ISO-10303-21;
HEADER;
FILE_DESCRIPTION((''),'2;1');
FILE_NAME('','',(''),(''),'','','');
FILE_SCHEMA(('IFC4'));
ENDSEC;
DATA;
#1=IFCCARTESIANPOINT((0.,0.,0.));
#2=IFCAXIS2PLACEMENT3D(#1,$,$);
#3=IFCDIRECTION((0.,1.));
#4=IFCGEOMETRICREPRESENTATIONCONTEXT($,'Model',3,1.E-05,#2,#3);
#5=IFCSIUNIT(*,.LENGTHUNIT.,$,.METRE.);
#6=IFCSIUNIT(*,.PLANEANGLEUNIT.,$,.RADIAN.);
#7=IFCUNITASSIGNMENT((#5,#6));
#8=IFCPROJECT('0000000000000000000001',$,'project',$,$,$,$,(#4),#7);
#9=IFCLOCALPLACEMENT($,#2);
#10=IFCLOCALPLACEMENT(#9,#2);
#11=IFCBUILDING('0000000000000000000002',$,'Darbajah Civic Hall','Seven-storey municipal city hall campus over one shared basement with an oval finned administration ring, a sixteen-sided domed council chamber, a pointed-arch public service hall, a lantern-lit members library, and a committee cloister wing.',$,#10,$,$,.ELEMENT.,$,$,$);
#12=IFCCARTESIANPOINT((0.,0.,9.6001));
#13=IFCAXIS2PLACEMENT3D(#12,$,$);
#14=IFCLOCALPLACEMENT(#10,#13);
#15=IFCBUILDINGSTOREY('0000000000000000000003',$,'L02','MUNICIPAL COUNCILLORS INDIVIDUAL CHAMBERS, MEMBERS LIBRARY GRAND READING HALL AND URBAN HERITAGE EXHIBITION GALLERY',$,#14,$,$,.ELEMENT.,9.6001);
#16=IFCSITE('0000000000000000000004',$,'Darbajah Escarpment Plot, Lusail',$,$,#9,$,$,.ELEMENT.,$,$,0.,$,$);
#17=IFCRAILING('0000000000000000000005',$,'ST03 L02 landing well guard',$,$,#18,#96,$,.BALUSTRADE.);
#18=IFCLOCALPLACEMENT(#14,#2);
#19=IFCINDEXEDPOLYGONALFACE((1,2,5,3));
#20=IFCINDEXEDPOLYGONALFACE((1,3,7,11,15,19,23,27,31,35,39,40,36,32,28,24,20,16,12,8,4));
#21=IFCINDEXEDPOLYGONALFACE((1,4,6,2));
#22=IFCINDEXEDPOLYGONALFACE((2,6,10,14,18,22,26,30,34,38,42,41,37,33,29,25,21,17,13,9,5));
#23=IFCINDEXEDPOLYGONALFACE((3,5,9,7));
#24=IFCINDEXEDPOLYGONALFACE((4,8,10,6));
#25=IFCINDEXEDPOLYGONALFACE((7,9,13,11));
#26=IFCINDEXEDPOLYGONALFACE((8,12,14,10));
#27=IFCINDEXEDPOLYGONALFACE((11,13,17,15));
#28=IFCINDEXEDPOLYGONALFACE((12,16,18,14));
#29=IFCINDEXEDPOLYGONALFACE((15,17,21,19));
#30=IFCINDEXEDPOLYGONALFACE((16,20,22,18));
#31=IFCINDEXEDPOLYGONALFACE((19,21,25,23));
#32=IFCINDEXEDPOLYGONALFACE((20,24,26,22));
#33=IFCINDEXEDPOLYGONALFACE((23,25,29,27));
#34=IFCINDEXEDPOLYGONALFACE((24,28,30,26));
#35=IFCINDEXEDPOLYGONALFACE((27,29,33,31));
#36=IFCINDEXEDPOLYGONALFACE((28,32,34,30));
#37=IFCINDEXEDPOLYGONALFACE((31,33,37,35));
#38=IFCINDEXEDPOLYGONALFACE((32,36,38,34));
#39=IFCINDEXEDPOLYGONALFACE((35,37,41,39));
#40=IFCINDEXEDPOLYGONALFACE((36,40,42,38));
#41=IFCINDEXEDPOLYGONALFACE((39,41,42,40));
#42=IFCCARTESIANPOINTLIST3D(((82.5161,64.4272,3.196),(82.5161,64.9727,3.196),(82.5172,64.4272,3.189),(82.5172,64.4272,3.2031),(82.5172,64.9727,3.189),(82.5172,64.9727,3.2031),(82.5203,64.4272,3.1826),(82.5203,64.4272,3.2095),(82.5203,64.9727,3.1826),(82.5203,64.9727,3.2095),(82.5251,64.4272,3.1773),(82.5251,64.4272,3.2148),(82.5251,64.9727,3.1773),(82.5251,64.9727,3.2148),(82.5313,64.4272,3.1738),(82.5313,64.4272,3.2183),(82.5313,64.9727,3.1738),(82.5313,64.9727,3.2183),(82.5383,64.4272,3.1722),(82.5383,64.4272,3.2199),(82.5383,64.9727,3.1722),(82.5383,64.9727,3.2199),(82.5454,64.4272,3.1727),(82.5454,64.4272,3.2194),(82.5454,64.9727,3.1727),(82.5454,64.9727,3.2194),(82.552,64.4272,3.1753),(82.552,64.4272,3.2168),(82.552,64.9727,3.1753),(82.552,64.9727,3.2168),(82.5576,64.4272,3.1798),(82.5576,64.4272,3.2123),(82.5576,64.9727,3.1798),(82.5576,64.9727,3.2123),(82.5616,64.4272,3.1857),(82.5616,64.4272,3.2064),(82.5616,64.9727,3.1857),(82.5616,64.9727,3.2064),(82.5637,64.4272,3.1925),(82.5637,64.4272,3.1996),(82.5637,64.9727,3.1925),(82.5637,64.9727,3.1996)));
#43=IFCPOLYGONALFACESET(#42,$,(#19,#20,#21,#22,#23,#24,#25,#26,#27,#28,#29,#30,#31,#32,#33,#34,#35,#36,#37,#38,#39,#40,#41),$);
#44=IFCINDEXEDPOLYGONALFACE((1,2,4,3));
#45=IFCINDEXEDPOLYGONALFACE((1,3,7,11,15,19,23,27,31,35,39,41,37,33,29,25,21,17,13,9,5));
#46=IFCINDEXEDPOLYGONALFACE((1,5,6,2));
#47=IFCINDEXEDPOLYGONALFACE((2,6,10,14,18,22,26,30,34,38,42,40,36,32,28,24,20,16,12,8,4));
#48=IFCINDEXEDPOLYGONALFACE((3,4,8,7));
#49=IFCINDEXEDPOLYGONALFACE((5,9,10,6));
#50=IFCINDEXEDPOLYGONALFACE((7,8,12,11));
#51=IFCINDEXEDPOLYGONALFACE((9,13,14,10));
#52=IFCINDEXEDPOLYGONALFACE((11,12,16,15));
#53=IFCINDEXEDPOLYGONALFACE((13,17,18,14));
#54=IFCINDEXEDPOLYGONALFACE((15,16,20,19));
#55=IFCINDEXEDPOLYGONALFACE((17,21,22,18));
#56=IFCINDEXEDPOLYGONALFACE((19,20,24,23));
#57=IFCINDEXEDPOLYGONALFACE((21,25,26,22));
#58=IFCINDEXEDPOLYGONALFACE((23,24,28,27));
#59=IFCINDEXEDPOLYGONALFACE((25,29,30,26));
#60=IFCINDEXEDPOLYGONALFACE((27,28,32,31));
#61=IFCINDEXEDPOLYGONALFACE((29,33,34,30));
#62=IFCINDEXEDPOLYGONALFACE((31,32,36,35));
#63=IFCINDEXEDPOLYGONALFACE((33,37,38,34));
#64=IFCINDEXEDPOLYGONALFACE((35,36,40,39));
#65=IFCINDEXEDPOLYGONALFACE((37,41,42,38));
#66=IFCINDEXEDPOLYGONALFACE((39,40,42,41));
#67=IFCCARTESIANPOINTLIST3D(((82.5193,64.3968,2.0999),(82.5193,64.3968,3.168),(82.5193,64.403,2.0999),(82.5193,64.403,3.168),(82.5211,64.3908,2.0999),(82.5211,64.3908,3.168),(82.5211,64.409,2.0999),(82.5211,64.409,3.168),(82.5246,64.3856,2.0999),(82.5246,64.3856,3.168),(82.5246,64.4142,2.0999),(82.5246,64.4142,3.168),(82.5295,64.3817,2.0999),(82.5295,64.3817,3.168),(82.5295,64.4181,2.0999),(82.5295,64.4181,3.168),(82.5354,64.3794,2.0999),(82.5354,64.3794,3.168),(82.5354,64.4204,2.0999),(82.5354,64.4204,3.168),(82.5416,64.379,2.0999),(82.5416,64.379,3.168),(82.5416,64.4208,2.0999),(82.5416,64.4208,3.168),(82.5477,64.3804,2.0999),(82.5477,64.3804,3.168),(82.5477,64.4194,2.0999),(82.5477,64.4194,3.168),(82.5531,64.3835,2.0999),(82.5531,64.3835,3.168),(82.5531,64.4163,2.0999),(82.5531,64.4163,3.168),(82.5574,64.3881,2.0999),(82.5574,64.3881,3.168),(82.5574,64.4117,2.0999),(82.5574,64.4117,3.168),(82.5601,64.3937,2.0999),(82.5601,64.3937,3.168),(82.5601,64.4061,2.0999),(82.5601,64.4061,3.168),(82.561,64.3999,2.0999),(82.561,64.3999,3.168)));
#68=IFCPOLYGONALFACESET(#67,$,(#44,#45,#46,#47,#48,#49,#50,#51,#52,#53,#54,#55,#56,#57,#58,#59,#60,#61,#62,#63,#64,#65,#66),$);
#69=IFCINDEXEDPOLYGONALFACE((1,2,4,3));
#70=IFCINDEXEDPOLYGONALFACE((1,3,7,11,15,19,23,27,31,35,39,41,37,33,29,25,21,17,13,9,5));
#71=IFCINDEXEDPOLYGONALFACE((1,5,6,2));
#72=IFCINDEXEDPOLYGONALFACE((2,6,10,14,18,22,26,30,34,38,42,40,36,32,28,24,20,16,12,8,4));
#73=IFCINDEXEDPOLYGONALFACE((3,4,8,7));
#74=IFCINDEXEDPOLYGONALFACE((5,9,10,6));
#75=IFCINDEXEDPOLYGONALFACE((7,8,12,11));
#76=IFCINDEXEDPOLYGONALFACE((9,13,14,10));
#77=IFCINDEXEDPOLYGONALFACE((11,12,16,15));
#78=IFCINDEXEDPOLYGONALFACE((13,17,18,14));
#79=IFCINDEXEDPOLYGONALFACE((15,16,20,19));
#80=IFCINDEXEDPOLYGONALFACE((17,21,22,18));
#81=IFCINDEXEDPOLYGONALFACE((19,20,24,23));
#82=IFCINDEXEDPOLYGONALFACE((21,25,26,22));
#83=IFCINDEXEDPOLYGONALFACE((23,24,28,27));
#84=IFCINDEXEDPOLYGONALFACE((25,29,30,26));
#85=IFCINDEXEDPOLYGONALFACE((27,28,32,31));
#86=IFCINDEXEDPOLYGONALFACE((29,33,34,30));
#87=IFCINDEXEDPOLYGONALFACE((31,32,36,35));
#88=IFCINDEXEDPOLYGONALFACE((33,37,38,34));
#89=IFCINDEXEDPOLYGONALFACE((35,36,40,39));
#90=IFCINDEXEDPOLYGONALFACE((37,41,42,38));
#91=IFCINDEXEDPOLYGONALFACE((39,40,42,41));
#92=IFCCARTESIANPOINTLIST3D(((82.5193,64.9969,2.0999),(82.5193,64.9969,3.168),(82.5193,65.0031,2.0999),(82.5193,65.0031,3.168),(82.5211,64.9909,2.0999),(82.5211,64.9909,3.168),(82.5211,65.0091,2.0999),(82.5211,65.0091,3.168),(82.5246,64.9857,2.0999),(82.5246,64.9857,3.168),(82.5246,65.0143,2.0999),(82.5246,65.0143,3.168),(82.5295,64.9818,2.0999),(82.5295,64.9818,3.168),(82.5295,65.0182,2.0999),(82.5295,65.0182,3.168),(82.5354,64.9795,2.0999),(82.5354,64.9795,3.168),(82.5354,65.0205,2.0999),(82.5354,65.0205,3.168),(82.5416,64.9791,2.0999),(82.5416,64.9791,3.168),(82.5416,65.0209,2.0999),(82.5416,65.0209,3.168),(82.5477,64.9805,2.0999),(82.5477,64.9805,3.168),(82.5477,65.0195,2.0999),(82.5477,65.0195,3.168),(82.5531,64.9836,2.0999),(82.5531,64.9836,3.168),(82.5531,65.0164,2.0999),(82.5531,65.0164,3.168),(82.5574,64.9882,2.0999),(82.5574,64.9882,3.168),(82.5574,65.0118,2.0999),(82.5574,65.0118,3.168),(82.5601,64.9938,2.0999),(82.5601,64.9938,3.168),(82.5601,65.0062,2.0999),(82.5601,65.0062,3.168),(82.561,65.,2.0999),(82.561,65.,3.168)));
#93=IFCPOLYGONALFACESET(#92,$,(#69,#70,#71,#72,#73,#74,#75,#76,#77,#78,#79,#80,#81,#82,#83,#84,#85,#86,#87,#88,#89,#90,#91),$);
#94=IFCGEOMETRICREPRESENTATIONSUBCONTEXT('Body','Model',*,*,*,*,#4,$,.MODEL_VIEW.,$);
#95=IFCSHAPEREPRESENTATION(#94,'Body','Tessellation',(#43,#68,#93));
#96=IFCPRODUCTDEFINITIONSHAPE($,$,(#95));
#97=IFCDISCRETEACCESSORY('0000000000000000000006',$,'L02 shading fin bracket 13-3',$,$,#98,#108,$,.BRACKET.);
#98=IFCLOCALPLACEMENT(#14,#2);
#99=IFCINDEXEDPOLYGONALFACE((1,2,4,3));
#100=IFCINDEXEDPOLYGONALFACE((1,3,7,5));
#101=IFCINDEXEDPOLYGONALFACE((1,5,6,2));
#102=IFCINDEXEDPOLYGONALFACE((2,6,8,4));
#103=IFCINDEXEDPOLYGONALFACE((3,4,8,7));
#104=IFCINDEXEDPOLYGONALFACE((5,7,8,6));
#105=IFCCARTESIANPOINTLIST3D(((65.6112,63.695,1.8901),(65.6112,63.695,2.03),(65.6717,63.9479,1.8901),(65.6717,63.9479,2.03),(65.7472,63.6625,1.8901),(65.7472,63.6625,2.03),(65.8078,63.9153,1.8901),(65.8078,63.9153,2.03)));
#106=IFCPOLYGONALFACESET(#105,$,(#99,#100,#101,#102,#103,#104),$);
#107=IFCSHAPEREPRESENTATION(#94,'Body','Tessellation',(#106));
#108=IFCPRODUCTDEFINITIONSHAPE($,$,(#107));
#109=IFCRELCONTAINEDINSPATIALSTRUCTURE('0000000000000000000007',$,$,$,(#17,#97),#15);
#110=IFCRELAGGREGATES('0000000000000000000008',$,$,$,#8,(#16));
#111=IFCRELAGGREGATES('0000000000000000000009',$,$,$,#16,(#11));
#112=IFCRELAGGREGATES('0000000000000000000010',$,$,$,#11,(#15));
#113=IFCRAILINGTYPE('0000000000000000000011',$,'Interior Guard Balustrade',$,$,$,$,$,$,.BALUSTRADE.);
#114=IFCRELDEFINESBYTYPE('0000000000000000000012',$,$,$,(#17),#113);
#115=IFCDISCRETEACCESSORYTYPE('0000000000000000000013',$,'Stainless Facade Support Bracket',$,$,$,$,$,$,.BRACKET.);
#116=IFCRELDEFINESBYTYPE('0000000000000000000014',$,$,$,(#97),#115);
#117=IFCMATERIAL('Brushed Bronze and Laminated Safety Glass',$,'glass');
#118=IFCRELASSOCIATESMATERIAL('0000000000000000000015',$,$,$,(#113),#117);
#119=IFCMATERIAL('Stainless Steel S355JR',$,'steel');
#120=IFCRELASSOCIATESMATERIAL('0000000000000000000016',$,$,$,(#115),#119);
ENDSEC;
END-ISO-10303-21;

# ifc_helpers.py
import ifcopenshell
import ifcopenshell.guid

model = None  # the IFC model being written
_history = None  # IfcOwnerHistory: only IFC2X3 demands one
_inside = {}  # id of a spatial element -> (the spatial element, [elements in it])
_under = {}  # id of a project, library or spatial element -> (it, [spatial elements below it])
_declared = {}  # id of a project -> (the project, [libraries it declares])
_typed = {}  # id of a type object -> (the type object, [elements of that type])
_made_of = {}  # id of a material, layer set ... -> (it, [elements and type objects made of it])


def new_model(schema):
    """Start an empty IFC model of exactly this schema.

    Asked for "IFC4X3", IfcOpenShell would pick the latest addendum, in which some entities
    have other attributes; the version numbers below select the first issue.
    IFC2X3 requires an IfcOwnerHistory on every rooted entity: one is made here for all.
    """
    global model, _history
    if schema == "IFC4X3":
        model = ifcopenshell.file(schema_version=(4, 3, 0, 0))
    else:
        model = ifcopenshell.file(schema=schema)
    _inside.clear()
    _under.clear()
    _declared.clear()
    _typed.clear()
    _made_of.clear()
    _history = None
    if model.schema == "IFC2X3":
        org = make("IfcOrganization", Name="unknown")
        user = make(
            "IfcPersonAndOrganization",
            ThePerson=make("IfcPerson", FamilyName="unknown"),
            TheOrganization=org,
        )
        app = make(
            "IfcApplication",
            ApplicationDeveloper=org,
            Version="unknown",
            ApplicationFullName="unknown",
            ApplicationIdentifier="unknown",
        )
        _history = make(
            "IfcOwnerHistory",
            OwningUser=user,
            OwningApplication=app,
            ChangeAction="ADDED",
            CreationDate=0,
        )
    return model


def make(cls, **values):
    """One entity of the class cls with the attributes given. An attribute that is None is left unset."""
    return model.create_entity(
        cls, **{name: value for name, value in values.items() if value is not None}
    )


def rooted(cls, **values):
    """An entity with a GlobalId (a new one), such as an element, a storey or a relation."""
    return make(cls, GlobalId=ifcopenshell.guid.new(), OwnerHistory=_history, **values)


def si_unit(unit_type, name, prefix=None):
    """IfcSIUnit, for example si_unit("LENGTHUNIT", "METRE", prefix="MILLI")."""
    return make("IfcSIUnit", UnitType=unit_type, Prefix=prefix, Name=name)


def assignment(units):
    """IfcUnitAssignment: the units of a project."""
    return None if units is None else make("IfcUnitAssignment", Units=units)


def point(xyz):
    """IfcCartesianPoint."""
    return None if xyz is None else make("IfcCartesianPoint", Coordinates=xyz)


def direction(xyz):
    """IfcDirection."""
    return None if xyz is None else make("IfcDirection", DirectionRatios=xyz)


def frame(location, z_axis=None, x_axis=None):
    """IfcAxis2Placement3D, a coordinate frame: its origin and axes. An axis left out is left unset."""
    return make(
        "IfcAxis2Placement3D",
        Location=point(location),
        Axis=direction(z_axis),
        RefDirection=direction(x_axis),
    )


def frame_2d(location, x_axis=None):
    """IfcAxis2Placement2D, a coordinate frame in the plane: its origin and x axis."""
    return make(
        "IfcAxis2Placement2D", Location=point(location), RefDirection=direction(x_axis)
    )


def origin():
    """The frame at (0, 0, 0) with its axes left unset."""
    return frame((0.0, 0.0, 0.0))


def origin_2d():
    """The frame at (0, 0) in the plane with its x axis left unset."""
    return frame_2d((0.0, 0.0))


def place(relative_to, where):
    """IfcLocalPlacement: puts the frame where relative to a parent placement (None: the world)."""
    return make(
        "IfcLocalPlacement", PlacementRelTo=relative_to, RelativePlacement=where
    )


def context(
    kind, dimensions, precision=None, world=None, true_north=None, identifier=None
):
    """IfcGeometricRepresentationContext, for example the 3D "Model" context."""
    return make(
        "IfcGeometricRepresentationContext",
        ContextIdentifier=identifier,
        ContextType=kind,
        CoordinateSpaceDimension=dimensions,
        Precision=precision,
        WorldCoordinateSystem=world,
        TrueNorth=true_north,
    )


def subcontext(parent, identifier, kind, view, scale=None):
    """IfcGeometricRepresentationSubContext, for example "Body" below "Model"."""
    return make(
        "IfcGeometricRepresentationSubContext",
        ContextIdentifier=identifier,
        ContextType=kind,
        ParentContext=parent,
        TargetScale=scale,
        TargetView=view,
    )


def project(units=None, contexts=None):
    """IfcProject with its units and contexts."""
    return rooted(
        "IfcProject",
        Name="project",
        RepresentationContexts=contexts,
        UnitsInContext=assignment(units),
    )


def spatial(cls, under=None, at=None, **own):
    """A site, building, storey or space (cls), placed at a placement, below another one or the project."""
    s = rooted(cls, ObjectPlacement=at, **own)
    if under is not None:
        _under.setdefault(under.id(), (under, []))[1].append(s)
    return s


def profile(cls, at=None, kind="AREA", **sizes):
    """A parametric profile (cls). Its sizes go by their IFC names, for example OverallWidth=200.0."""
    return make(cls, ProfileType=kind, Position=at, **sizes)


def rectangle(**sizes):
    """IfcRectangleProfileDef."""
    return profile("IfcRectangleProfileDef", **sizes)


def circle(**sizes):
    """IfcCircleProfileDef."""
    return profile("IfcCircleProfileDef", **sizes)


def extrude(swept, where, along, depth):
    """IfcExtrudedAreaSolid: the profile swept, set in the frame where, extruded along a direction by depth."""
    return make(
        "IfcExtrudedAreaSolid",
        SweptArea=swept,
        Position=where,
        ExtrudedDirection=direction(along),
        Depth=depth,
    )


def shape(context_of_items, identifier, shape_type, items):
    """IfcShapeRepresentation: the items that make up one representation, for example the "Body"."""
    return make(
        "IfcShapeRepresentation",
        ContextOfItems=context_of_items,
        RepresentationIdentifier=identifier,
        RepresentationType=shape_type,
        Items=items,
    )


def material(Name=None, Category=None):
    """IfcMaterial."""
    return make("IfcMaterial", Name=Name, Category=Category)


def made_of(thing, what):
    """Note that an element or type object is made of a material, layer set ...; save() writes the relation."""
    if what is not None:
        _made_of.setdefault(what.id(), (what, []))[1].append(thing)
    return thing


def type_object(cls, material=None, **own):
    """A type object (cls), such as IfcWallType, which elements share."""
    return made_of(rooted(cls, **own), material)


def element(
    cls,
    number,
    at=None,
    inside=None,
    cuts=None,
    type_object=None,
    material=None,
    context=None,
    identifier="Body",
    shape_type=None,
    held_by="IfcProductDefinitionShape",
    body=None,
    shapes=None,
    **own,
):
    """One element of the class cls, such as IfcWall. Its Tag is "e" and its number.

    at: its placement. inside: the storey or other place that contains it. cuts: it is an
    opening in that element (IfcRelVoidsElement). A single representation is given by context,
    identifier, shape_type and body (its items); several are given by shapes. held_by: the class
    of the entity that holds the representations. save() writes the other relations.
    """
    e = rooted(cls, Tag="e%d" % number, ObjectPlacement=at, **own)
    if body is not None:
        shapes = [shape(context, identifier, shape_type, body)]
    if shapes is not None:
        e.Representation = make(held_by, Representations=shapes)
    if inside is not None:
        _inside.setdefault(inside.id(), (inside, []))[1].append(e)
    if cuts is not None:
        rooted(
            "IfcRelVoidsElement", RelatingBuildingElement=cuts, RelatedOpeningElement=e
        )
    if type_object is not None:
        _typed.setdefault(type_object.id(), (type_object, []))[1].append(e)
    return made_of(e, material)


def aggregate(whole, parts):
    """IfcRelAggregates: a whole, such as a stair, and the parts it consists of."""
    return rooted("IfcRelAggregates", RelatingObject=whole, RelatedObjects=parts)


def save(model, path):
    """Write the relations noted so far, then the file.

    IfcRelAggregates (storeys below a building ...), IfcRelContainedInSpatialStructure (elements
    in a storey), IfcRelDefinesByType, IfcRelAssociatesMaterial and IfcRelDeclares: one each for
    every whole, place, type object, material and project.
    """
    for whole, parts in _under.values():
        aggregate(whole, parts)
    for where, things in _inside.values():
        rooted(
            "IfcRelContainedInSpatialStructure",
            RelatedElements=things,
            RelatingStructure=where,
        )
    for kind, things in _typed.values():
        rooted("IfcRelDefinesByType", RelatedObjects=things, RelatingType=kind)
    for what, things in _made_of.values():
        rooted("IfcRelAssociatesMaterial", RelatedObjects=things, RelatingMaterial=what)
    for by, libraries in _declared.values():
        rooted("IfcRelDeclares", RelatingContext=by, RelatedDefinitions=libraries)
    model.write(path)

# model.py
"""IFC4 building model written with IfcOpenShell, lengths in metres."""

from ifc_helpers import new_model, si_unit, direction, frame, origin, origin_2d, place, context, subcontext, project, spatial, rectangle, circle, extrude, material, type_object, element, save


model = new_model("IFC4")

# Units and contexts
model_context = context("Model", 3, precision=1e-05, world=origin(), true_north=direction((0.0, 1.0)))
body_context = subcontext(model_context, "Body", "Model", "MODEL_VIEW")
ifc_project = project(units=[si_unit("LENGTHUNIT", "METRE"), si_unit("PLANEANGLEUNIT", "RADIAN")], contexts=[model_context])

# Site, building, storey
site_placement = place(None, origin())
site = spatial("IfcSite", under=ifc_project, at=site_placement, Name="Darbajah Escarpment Plot, Lusail", CompositionType="ELEMENT", RefElevation=0.0)
building_placement = place(site_placement, origin())
building = spatial("IfcBuilding", under=site, at=building_placement, Name="Darbajah Civic Hall", Description="Seven-storey municipal city hall campus over one shared basement with an oval finned administration ring, a sixteen-sided domed council chamber, a pointed-arch public service hall, a lantern-lit members library, and a committee cloister wing.", CompositionType="ELEMENT")
storey_placement = place(building_placement, frame((0.0, 0.0, 9.6001)))
storey = spatial("IfcBuildingStorey", under=building, at=storey_placement, Name="L02", Description="MUNICIPAL COUNCILLORS INDIVIDUAL CHAMBERS, MEMBERS LIBRARY GRAND READING HALL AND URBAN HERITAGE EXHIBITION GALLERY", CompositionType="ELEMENT", Elevation=9.6001)

# Railing
ifc_material_1 = material(Name="Brushed Bronze and Laminated Safety Glass", Category="glass")
railing_type_1 = type_object("IfcRailingType", Name="Interior Guard Balustrade", PredefinedType="BALUSTRADE", material=ifc_material_1)
railing_1_placement = place(storey_placement, frame((82.54, 64.3999, 2.0999)))
element("IfcRailing", 1, at=railing_1_placement, inside=storey, type_object=railing_type_1, Name="ST03 L02 landing well guard", PredefinedType="BALUSTRADE", context=body_context, shape_type="SweptSolid", body=[
    extrude(circle(Radius=0.0239, at=origin_2d()), frame((0.0, 0.0273, 1.0962), z_axis=(0.0, 1.0, 0.0), x_axis=(-1.0, 0.0, 0.0)), (0.0, 0.0, 1.0), 0.5454),
    extrude(circle(Radius=0.021, at=origin_2d()), origin(), (0.0, 0.0, 1.0), 1.0681),
    extrude(circle(Radius=0.021, at=origin_2d()), frame((0.0, 0.6001, 0.0)), (0.0, 0.0, 1.0), 1.0681),
])

# Discrete accessory
ifc_material_2 = material(Name="Stainless Steel S355JR", Category="steel")
discrete_accessory_type = type_object("IfcDiscreteAccessoryType", Name="Stainless Facade Support Bracket", PredefinedType="BRACKET", material=ifc_material_2)
discrete_accessory_placement = place(storey_placement, frame((65.7095, 63.8052, 1.8901), z_axis=(0.0, 0.0, 1.0), x_axis=(-0.232936, -0.972492, 0.0)))
element("IfcDiscreteAccessory", 2, at=discrete_accessory_placement, inside=storey, type_object=discrete_accessory_type, Name="L02 shading fin bracket 13-3", PredefinedType="BRACKET", context=body_context, shape_type="SweptSolid", body=[
    extrude(rectangle(XDim=0.26, YDim=0.1399, at=origin_2d()), origin(), (0.0, 0.0, 1.0), 0.1399),
])

save(model, "model.ifc")
